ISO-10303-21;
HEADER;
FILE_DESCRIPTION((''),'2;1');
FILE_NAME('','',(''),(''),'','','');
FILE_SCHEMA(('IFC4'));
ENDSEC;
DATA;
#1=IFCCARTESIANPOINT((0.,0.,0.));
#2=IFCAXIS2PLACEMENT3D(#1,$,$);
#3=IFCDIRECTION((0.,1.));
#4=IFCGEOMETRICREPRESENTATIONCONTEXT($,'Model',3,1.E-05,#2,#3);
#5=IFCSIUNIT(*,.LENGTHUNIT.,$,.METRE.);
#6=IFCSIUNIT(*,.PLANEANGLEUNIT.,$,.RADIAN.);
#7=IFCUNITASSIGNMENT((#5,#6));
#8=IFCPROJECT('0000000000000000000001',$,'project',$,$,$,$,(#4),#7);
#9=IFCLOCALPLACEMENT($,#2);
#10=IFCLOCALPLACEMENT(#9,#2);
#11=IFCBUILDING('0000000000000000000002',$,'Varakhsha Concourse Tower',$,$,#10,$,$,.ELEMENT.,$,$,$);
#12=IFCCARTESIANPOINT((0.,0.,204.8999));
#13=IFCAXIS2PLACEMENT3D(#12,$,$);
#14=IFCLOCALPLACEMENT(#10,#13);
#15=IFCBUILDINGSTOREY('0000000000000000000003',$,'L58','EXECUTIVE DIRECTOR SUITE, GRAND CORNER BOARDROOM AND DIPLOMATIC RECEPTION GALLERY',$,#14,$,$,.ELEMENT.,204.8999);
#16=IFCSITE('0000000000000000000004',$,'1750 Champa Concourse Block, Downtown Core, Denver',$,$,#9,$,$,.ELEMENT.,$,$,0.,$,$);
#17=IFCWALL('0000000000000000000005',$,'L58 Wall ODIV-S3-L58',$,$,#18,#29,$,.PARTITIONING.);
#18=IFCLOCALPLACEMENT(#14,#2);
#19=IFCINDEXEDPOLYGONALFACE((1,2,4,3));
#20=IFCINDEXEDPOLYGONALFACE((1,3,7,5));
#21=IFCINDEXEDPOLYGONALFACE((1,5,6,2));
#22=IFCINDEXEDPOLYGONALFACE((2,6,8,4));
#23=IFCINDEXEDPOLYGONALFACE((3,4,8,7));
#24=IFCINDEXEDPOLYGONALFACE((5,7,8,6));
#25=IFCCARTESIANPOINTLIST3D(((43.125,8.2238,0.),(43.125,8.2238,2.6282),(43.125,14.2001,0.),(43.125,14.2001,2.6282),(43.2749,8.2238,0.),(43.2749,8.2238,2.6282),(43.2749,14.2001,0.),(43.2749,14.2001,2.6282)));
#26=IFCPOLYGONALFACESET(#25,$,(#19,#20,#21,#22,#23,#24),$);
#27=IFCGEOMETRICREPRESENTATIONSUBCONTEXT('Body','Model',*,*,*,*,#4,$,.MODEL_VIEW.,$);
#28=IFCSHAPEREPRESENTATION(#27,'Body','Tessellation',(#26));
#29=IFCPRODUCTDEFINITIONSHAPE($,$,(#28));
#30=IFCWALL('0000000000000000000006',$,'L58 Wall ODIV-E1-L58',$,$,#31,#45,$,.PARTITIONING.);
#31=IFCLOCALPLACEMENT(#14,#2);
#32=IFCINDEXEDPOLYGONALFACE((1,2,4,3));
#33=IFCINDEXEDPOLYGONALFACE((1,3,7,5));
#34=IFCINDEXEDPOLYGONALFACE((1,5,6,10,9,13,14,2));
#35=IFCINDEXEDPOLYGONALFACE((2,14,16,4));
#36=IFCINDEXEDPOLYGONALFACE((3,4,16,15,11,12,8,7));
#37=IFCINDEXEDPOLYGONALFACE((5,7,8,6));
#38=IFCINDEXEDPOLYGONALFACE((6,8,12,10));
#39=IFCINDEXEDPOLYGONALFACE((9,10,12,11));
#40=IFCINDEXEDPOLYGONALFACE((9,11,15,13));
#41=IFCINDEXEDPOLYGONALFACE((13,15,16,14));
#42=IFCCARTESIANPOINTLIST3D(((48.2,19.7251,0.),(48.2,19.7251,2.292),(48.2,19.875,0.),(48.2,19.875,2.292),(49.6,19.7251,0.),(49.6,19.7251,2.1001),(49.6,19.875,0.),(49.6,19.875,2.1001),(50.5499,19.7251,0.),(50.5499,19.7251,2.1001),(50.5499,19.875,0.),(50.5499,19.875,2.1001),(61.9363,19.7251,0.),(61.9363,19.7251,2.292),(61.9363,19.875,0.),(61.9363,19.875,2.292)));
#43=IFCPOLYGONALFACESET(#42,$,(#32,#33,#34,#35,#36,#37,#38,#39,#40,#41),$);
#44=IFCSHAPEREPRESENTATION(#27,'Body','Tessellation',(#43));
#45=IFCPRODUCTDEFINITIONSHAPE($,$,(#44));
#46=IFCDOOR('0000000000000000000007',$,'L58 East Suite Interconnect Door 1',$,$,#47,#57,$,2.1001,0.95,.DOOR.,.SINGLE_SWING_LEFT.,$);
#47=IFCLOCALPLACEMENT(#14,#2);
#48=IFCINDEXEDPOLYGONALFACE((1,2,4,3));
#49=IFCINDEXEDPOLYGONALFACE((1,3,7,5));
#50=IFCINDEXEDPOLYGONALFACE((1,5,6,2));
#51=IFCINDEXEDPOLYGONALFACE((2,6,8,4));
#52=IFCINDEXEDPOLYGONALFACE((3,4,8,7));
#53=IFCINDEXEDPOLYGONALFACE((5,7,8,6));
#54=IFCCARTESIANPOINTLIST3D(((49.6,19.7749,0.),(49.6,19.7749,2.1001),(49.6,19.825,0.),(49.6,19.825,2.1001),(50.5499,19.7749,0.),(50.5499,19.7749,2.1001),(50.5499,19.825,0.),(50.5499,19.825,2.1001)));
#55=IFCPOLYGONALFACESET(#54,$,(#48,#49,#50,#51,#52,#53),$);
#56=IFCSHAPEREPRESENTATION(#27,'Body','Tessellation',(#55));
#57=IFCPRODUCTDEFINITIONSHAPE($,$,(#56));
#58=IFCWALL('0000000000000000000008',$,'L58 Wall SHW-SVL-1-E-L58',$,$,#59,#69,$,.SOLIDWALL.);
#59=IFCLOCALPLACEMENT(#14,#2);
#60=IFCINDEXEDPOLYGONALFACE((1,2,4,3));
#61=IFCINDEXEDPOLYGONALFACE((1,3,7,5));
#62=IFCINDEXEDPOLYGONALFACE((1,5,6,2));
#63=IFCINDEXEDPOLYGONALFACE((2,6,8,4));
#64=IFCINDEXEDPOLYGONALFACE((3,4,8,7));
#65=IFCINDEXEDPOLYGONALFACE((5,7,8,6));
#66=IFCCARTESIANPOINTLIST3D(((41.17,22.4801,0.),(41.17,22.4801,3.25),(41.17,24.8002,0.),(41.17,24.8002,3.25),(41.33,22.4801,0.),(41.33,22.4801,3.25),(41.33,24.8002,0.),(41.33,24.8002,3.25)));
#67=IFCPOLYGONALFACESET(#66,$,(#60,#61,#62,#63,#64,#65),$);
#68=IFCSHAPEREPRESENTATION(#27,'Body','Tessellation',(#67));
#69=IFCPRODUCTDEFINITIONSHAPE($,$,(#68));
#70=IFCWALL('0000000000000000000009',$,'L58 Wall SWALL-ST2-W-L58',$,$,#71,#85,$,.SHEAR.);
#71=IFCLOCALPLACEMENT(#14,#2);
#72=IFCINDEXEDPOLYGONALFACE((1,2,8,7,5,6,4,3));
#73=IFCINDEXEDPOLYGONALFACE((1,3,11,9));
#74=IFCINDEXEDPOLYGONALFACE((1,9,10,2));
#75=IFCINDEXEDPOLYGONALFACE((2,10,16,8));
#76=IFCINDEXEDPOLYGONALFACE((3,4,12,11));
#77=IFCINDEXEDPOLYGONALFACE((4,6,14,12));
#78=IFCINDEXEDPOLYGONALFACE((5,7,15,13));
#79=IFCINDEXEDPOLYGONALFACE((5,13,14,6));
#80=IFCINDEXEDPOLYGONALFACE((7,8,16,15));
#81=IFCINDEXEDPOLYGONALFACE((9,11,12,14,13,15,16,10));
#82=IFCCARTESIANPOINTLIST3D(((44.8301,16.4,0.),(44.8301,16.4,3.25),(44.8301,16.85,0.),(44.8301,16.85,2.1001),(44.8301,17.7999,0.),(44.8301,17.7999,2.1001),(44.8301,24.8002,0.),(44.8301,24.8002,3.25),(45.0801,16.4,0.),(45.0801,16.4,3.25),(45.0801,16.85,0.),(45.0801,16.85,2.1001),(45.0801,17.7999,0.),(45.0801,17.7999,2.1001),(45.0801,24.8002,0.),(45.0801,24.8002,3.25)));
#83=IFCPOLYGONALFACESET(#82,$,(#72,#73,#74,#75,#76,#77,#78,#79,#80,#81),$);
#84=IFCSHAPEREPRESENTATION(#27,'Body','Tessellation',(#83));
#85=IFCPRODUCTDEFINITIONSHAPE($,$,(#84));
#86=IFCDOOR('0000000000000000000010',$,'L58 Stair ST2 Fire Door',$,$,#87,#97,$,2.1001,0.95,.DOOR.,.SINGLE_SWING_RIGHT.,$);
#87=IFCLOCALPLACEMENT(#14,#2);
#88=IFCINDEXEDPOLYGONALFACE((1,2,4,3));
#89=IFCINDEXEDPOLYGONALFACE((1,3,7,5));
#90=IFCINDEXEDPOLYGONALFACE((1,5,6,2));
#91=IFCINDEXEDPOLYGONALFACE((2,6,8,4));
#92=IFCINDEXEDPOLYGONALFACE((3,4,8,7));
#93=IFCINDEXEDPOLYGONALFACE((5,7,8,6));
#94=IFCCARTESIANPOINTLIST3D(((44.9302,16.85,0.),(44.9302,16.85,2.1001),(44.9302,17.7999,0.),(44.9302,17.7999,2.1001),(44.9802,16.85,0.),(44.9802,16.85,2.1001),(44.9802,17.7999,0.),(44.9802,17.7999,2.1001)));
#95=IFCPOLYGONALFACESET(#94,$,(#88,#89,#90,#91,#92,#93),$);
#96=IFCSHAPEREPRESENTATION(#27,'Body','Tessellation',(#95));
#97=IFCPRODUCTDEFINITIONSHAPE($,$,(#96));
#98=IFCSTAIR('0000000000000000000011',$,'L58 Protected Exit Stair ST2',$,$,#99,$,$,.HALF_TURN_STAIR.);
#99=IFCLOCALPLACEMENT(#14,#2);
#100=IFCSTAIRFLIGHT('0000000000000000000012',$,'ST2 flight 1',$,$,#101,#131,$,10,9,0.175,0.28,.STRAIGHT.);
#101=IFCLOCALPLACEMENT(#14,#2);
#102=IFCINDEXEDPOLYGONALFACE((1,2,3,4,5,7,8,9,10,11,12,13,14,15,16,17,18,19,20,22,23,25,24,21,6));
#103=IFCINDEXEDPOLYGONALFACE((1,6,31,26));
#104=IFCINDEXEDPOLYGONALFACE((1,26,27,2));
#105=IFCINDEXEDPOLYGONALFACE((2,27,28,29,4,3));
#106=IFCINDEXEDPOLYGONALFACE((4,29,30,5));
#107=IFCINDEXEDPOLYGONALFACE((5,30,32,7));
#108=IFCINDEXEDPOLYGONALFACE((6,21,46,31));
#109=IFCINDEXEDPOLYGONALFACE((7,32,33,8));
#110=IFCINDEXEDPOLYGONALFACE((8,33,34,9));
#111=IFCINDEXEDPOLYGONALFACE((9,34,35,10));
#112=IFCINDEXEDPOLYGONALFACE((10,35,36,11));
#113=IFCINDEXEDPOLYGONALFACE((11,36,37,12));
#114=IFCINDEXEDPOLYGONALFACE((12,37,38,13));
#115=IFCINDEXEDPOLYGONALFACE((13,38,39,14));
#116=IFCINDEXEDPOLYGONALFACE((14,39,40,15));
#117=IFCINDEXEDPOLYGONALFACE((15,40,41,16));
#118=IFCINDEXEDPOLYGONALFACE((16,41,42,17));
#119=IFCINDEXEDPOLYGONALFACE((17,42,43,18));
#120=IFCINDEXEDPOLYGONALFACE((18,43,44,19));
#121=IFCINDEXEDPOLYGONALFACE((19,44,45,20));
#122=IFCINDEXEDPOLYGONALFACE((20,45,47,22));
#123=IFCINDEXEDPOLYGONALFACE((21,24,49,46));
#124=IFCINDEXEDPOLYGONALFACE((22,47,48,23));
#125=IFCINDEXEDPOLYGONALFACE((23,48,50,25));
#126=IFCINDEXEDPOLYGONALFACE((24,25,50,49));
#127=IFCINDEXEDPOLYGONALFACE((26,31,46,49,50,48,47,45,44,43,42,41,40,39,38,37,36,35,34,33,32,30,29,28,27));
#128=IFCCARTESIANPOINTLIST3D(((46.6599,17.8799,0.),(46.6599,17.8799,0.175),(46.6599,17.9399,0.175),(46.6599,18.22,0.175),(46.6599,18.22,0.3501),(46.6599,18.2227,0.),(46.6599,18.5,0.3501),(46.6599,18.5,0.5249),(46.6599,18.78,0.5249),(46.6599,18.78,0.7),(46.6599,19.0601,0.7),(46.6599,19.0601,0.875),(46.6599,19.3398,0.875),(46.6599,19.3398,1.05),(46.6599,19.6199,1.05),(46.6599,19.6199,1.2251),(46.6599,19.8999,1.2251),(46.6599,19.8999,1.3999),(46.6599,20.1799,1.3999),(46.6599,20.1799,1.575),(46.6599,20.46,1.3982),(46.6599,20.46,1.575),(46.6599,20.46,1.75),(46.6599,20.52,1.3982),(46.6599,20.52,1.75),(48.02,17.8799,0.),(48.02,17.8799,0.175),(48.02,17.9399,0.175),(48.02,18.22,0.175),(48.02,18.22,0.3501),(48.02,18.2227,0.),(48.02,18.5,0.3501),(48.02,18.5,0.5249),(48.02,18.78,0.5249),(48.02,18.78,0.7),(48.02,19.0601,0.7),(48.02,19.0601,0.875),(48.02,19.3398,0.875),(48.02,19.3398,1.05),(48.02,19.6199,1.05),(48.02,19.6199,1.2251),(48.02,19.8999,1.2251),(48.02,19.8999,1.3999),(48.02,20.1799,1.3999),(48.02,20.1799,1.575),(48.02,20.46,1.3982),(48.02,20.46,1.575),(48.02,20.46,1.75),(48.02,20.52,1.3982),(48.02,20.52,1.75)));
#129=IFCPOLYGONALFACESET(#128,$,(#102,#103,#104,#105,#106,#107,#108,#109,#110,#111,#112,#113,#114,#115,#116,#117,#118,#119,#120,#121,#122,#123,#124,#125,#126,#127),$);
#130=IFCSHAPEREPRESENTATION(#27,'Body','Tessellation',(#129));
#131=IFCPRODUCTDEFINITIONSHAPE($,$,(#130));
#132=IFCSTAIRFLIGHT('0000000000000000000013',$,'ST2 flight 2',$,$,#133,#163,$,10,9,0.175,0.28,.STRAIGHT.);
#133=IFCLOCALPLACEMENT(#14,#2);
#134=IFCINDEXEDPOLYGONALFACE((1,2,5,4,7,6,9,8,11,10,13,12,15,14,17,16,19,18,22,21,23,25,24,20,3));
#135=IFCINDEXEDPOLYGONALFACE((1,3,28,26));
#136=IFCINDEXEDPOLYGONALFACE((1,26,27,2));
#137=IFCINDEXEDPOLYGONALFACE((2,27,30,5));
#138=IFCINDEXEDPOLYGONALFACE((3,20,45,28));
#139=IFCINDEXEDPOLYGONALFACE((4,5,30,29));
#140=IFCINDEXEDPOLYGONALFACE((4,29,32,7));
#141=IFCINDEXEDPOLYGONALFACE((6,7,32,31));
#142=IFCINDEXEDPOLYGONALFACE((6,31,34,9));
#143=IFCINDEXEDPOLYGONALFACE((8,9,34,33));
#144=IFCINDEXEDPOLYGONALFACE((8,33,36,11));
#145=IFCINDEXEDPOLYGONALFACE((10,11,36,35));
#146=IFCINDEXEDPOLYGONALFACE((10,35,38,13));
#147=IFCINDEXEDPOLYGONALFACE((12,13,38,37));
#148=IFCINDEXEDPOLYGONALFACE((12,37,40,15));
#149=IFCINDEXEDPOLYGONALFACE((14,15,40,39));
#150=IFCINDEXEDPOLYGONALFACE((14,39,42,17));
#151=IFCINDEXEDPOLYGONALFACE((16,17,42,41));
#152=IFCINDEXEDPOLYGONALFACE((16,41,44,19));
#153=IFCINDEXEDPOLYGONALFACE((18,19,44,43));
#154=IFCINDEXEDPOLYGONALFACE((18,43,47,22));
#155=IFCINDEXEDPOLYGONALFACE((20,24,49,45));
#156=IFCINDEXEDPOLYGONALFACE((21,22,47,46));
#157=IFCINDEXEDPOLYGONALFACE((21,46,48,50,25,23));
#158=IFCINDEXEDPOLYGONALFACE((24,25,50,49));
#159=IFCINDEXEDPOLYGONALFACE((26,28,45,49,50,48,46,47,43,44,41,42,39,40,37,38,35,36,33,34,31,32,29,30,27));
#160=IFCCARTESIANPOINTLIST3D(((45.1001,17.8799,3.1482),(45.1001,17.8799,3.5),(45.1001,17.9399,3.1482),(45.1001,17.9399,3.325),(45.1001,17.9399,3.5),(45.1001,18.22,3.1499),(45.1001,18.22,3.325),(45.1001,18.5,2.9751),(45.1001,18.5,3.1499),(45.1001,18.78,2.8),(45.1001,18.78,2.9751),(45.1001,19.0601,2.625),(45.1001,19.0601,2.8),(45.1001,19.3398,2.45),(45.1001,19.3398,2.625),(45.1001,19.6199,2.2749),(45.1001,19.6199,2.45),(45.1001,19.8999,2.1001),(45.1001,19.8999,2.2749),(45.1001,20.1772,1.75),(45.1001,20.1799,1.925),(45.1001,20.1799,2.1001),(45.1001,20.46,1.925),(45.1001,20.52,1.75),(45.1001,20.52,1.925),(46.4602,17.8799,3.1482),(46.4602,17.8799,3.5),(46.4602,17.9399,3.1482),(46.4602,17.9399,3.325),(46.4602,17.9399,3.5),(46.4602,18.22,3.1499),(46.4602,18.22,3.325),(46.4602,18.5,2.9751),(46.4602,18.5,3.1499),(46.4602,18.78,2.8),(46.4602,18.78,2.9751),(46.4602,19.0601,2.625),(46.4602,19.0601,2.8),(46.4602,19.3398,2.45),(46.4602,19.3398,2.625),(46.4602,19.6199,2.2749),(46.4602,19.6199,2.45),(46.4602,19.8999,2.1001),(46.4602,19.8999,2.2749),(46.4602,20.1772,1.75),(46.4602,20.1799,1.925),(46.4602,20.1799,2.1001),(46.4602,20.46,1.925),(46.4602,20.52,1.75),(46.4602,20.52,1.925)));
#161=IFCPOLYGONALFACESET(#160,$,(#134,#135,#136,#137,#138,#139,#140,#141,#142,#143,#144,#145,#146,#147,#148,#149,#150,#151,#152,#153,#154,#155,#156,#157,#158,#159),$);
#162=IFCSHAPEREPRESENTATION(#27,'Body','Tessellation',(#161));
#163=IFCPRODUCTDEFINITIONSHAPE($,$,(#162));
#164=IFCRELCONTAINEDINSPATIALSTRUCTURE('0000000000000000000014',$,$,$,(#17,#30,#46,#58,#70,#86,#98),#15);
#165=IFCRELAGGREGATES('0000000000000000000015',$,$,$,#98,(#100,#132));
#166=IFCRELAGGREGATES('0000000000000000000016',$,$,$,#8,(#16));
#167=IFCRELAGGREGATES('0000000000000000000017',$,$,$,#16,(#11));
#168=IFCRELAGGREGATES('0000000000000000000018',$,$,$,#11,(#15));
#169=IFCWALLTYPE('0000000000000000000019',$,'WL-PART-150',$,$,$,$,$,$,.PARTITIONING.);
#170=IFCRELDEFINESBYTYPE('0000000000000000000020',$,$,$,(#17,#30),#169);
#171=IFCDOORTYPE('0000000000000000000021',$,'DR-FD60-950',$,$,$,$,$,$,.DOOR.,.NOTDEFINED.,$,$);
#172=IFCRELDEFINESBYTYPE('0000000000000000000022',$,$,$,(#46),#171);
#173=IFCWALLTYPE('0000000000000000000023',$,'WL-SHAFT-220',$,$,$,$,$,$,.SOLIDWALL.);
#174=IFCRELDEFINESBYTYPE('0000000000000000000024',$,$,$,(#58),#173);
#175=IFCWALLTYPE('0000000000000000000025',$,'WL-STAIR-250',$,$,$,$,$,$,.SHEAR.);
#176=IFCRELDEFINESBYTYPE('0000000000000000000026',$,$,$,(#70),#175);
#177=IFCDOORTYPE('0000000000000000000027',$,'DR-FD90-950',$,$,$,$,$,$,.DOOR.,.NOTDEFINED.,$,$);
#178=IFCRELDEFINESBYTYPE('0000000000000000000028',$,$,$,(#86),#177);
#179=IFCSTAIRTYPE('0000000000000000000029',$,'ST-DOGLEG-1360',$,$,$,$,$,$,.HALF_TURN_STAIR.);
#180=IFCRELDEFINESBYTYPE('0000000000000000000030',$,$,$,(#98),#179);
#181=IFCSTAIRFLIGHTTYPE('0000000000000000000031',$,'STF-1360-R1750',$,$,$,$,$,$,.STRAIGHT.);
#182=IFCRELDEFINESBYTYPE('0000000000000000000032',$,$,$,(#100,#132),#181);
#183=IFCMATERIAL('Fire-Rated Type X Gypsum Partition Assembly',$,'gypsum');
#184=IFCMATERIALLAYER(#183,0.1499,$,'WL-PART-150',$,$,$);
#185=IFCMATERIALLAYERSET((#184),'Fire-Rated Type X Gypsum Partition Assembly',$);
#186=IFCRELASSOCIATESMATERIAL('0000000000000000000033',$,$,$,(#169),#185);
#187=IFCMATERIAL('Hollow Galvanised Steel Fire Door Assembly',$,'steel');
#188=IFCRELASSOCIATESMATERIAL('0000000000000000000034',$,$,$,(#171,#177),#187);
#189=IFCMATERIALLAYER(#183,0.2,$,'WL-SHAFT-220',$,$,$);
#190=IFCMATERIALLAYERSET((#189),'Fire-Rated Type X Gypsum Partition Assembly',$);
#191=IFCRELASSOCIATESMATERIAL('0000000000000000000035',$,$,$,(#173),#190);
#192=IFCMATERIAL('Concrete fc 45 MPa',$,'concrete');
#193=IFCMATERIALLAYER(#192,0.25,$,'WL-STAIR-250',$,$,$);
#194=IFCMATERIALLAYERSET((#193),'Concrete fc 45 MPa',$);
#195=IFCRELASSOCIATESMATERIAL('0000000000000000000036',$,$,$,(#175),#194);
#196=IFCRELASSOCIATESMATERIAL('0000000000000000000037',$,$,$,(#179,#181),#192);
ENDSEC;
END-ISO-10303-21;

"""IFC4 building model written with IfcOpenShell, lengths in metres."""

from ifc_helpers import new_model, si_unit, direction, frame, frame_2d, origin, place, context, subcontext, project, spatial, polyline, rectangle, outline, extrude, material, layer, layer_set, type_object, element, fill, aggregate, save


model = new_model("IFC4")

# Units and contexts
model_context = context("Model", 3, precision=1e-05, world=origin(), true_north=direction((0.0, 1.0)))
body_context = subcontext(model_context, "Body", "Model", "MODEL_VIEW")
ifc_project = project(units=[si_unit("LENGTHUNIT", "METRE"), si_unit("PLANEANGLEUNIT", "RADIAN")], contexts=[model_context])

# Site, building, storey
site_placement = place(None, origin())
site = spatial("IfcSite", under=ifc_project, at=site_placement, Name="1750 Champa Concourse Block, Downtown Core, Denver", CompositionType="ELEMENT", RefElevation=0.0)
building_placement = place(site_placement, origin())
building = spatial("IfcBuilding", under=site, at=building_placement, Name="Varakhsha Concourse Tower", CompositionType="ELEMENT")
storey_placement = place(building_placement, frame((0.0, 0.0, 204.8999)))
storey = spatial("IfcBuildingStorey", under=building, at=storey_placement, Name="L58", Description="EXECUTIVE DIRECTOR SUITE, GRAND CORNER BOARDROOM AND DIPLOMATIC RECEPTION GALLERY", CompositionType="ELEMENT", Elevation=204.8999)

# Wall
ifc_material_1 = material(Name="Fire-Rated Type X Gypsum Partition Assembly", Category="gypsum")
ifc_layer_1 = layer(ifc_material_1, 0.1499, Name="WL-PART-150")
ifc_layer_set_1 = layer_set([ifc_layer_1], Name="Fire-Rated Type X Gypsum Partition Assembly")
wall_type_1 = type_object("IfcWallType", Name="WL-PART-150", PredefinedType="PARTITIONING", material=ifc_layer_set_1)
wall_1_placement = place(storey_placement, frame((43.2, 8.2236, 0.0), z_axis=(0.0, 0.0, 1.0), x_axis=(0.0, 1.0, 0.0)))
element("IfcWall", 1, at=wall_1_placement, inside=storey, type_object=wall_type_1, Name="L58 Wall ODIV-S3-L58", PredefinedType="PARTITIONING", context=body_context, shape_type="SweptSolid", body=[
    extrude(rectangle(XDim=5.9763, YDim=0.1499, at=frame_2d((2.9883, 0.0))), origin(), (0.0, 0.0, 1.0), 2.6282),
])

# Wall, opening, door
wall_2_placement = place(storey_placement, frame((48.2, 19.8, 0.0), z_axis=(0.0, 0.0, 1.0), x_axis=(1.0, 0.0, 0.0)))
wall_2 = element("IfcWall", 2, at=wall_2_placement, inside=storey, type_object=wall_type_1, Name="L58 Wall ODIV-E1-L58", PredefinedType="PARTITIONING", context=body_context, shape_type="SweptSolid", body=[
    extrude(rectangle(XDim=13.7363, YDim=0.1499, at=frame_2d((6.8682, 0.0))), origin(), (0.0, 0.0, 1.0), 2.292),
])
opening_1_placement = place(wall_2_placement, frame((1.3999, 0.0, 0.0)))
opening_1 = element("IfcOpeningElement", 3, at=opening_1_placement, cuts=wall_2, PredefinedType="OPENING", context=body_context, shape_type="SweptSolid", body=[
    extrude(rectangle(XDim=0.95, YDim=2.1001, at=frame_2d((0.4751, 1.05))), frame((0.0, 0.085, 0.0), z_axis=(0.0, -1.0, 0.0), x_axis=(1.0, 0.0, 0.0)), (0.0, 0.0, 1.0), 0.1699),
])
ifc_material_2 = material(Name="Hollow Galvanised Steel Fire Door Assembly", Category="steel")
door_type_1 = type_object("IfcDoorType", Name="DR-FD60-950", OperationType="NOTDEFINED", PredefinedType="DOOR", material=ifc_material_2)
door_1_placement = place(opening_1_placement, origin())
door_1 = element("IfcDoor", 4, at=door_1_placement, inside=storey, type_object=door_type_1, Name="L58 East Suite Interconnect Door 1", OperationType="SINGLE_SWING_LEFT", OverallHeight=2.1001, OverallWidth=0.95, PredefinedType="DOOR", context=body_context, shape_type="SweptSolid", body=[
    extrude(rectangle(XDim=0.95, YDim=2.1001, at=frame_2d((0.4751, 1.05))), frame((0.0, 0.0249, 0.0), z_axis=(0.0, -1.0, 0.0), x_axis=(1.0, 0.0, 0.0)), (0.0, 0.0, 1.0), 0.05),
])
fill(opening_1, door_1)

# Wall
ifc_layer_2 = layer(ifc_material_1, 0.2, Name="WL-SHAFT-220")
ifc_layer_set_2 = layer_set([ifc_layer_2], Name="Fire-Rated Type X Gypsum Partition Assembly")
wall_type_2 = type_object("IfcWallType", Name="WL-SHAFT-220", PredefinedType="SOLIDWALL", material=ifc_layer_set_2)
wall_3_placement = place(storey_placement, frame((41.25, 22.48, 0.0), z_axis=(0.0, 0.0, 1.0), x_axis=(0.0, 1.0, 0.0)))
element("IfcWall", 5, at=wall_3_placement, inside=storey, type_object=wall_type_2, Name="L58 Wall SHW-SVL-1-E-L58", PredefinedType="SOLIDWALL", context=body_context, shape_type="SweptSolid", body=[
    extrude(rectangle(XDim=2.3201, YDim=0.1599, at=frame_2d((1.1602, 0.0))), origin(), (0.0, 0.0, 1.0), 3.25),
])

# Wall, opening, door
ifc_material_3 = material(Name="Concrete fc 45 MPa", Category="concrete")
ifc_layer_3 = layer(ifc_material_3, 0.25, Name="WL-STAIR-250")
ifc_layer_set_3 = layer_set([ifc_layer_3], Name="Concrete fc 45 MPa")
wall_type_3 = type_object("IfcWallType", Name="WL-STAIR-250", PredefinedType="SHEAR", material=ifc_layer_set_3)
wall_4_placement = place(storey_placement, frame((44.9551, 16.3999, 0.0), z_axis=(0.0, 0.0, 1.0), x_axis=(0.0, 1.0, 0.0)))
wall_4 = element("IfcWall", 6, at=wall_4_placement, inside=storey, type_object=wall_type_3, Name="L58 Wall SWALL-ST2-W-L58", PredefinedType="SHEAR", context=body_context, shape_type="SweptSolid", body=[
    extrude(rectangle(XDim=8.4001, YDim=0.25, at=frame_2d((4.2002, 0.0))), origin(), (0.0, 0.0, 1.0), 3.25),
])
opening_2_placement = place(wall_4_placement, frame((0.45, 0.0, 0.0)))
opening_2 = element("IfcOpeningElement", 7, at=opening_2_placement, cuts=wall_4, PredefinedType="OPENING", context=body_context, shape_type="SweptSolid", body=[
    extrude(rectangle(XDim=0.95, YDim=2.1001, at=frame_2d((0.4751, 1.05))), frame((0.0, 0.135, 0.0), z_axis=(0.0, -1.0, 0.0), x_axis=(1.0, 0.0, 0.0)), (0.0, 0.0, 1.0), 0.27),
])
door_type_2 = type_object("IfcDoorType", Name="DR-FD90-950", OperationType="NOTDEFINED", PredefinedType="DOOR", material=ifc_material_2)
door_2_placement = place(opening_2_placement, origin())
door_2 = element("IfcDoor", 8, at=door_2_placement, inside=storey, type_object=door_type_2, Name="L58 Stair ST2 Fire Door", OperationType="SINGLE_SWING_RIGHT", OverallHeight=2.1001, OverallWidth=0.95, PredefinedType="DOOR", context=body_context, shape_type="SweptSolid", body=[
    extrude(rectangle(XDim=0.95, YDim=2.1001, at=frame_2d((0.4751, 1.05))), frame((0.0, 0.0249, 0.0), z_axis=(0.0, -1.0, 0.0), x_axis=(1.0, 0.0, 0.0)), (0.0, 0.0, 1.0), 0.05),
])
fill(opening_2, door_2)

# Stair, stair flights
stair_type = type_object("IfcStairType", Name="ST-DOGLEG-1360", PredefinedType="HALF_TURN_STAIR", material=ifc_material_3)
stair_placement = place(storey_placement, origin())
stair = element("IfcStair", 9, at=stair_placement, inside=storey, type_object=stair_type, Name="L58 Protected Exit Stair ST2", PredefinedType="HALF_TURN_STAIR")
stair_flight_type = type_object("IfcStairFlightType", Name="STF-1360-R1750", PredefinedType="STRAIGHT", material=ifc_material_3)
stair_flight_1_placement = place(storey_placement, frame((47.3401, 17.9399, 0.0), z_axis=(0.0, 0.0, 1.0), x_axis=(0.0, 1.0, 0.0)))
stair_flight_1 = element("IfcStairFlight", 10, at=stair_flight_1_placement, type_object=stair_flight_type, Name="ST2 flight 1", NumberOfRisers=10, NumberOfTreads=9, PredefinedType="STRAIGHT", RiserHeight=0.175, TreadLength=0.28, context=body_context, shape_type="SweptSolid", body=[
    extrude(outline(polyline([(-0.0601, 0.0), (-0.0601, 0.175), (0.0, 0.175), (0.28, 0.175), (0.28, 0.3501), (0.5601, 0.3501), (0.5601, 0.5249), (0.8401, 0.5249), (0.8401, 0.7), (1.1201, 0.7), (1.1201, 0.875), (1.3999, 0.875), (1.3999, 1.05), (1.6799, 1.05), (1.6799, 1.2251), (1.96, 1.2251), (1.96, 1.3999), (2.24, 1.3999), (2.24, 1.575), (2.52, 1.575), (2.52, 1.75), (2.5801, 1.75), (2.5801, 1.3982), (2.52, 1.3982), (0.2827, 0.0), (-0.0601, 0.0)])), frame((0.0, 0.6802, 0.0), z_axis=(0.0, -1.0, 0.0), x_axis=(1.0, 0.0, 0.0)), (0.0, 0.0, 1.0), 1.3601),
])
stair_flight_2_placement = place(storey_placement, frame((45.78, 20.46, 1.75), z_axis=(0.0, 0.0, 1.0), x_axis=(0.0, -1.0, 0.0)))
stair_flight_2 = element("IfcStairFlight", 11, at=stair_flight_2_placement, type_object=stair_flight_type, Name="ST2 flight 2", NumberOfRisers=10, NumberOfTreads=9, PredefinedType="STRAIGHT", RiserHeight=0.175, TreadLength=0.28, context=body_context, shape_type="SweptSolid", body=[
    extrude(outline(polyline([(-0.0601, 0.0), (-0.0601, 0.175), (0.0, 0.175), (0.28, 0.175), (0.28, 0.3501), (0.5601, 0.3501), (0.5601, 0.5249), (0.8401, 0.5249), (0.8401, 0.7), (1.1201, 0.7), (1.1201, 0.875), (1.3999, 0.875), (1.3999, 1.05), (1.6799, 1.05), (1.6799, 1.2251), (1.96, 1.2251), (1.96, 1.3999), (2.24, 1.3999), (2.24, 1.575), (2.52, 1.575), (2.52, 1.75), (2.5801, 1.75), (2.5801, 1.3982), (2.52, 1.3982), (0.2827, 0.0), (-0.0601, 0.0)])), frame((0.0, 0.6802, 0.0), z_axis=(0.0, -1.0, 0.0), x_axis=(1.0, 0.0, 0.0)), (0.0, 0.0, 1.0), 1.3601),
])
aggregate(stair, [stair_flight_1, stair_flight_2])

save(model, "model.ifc")
